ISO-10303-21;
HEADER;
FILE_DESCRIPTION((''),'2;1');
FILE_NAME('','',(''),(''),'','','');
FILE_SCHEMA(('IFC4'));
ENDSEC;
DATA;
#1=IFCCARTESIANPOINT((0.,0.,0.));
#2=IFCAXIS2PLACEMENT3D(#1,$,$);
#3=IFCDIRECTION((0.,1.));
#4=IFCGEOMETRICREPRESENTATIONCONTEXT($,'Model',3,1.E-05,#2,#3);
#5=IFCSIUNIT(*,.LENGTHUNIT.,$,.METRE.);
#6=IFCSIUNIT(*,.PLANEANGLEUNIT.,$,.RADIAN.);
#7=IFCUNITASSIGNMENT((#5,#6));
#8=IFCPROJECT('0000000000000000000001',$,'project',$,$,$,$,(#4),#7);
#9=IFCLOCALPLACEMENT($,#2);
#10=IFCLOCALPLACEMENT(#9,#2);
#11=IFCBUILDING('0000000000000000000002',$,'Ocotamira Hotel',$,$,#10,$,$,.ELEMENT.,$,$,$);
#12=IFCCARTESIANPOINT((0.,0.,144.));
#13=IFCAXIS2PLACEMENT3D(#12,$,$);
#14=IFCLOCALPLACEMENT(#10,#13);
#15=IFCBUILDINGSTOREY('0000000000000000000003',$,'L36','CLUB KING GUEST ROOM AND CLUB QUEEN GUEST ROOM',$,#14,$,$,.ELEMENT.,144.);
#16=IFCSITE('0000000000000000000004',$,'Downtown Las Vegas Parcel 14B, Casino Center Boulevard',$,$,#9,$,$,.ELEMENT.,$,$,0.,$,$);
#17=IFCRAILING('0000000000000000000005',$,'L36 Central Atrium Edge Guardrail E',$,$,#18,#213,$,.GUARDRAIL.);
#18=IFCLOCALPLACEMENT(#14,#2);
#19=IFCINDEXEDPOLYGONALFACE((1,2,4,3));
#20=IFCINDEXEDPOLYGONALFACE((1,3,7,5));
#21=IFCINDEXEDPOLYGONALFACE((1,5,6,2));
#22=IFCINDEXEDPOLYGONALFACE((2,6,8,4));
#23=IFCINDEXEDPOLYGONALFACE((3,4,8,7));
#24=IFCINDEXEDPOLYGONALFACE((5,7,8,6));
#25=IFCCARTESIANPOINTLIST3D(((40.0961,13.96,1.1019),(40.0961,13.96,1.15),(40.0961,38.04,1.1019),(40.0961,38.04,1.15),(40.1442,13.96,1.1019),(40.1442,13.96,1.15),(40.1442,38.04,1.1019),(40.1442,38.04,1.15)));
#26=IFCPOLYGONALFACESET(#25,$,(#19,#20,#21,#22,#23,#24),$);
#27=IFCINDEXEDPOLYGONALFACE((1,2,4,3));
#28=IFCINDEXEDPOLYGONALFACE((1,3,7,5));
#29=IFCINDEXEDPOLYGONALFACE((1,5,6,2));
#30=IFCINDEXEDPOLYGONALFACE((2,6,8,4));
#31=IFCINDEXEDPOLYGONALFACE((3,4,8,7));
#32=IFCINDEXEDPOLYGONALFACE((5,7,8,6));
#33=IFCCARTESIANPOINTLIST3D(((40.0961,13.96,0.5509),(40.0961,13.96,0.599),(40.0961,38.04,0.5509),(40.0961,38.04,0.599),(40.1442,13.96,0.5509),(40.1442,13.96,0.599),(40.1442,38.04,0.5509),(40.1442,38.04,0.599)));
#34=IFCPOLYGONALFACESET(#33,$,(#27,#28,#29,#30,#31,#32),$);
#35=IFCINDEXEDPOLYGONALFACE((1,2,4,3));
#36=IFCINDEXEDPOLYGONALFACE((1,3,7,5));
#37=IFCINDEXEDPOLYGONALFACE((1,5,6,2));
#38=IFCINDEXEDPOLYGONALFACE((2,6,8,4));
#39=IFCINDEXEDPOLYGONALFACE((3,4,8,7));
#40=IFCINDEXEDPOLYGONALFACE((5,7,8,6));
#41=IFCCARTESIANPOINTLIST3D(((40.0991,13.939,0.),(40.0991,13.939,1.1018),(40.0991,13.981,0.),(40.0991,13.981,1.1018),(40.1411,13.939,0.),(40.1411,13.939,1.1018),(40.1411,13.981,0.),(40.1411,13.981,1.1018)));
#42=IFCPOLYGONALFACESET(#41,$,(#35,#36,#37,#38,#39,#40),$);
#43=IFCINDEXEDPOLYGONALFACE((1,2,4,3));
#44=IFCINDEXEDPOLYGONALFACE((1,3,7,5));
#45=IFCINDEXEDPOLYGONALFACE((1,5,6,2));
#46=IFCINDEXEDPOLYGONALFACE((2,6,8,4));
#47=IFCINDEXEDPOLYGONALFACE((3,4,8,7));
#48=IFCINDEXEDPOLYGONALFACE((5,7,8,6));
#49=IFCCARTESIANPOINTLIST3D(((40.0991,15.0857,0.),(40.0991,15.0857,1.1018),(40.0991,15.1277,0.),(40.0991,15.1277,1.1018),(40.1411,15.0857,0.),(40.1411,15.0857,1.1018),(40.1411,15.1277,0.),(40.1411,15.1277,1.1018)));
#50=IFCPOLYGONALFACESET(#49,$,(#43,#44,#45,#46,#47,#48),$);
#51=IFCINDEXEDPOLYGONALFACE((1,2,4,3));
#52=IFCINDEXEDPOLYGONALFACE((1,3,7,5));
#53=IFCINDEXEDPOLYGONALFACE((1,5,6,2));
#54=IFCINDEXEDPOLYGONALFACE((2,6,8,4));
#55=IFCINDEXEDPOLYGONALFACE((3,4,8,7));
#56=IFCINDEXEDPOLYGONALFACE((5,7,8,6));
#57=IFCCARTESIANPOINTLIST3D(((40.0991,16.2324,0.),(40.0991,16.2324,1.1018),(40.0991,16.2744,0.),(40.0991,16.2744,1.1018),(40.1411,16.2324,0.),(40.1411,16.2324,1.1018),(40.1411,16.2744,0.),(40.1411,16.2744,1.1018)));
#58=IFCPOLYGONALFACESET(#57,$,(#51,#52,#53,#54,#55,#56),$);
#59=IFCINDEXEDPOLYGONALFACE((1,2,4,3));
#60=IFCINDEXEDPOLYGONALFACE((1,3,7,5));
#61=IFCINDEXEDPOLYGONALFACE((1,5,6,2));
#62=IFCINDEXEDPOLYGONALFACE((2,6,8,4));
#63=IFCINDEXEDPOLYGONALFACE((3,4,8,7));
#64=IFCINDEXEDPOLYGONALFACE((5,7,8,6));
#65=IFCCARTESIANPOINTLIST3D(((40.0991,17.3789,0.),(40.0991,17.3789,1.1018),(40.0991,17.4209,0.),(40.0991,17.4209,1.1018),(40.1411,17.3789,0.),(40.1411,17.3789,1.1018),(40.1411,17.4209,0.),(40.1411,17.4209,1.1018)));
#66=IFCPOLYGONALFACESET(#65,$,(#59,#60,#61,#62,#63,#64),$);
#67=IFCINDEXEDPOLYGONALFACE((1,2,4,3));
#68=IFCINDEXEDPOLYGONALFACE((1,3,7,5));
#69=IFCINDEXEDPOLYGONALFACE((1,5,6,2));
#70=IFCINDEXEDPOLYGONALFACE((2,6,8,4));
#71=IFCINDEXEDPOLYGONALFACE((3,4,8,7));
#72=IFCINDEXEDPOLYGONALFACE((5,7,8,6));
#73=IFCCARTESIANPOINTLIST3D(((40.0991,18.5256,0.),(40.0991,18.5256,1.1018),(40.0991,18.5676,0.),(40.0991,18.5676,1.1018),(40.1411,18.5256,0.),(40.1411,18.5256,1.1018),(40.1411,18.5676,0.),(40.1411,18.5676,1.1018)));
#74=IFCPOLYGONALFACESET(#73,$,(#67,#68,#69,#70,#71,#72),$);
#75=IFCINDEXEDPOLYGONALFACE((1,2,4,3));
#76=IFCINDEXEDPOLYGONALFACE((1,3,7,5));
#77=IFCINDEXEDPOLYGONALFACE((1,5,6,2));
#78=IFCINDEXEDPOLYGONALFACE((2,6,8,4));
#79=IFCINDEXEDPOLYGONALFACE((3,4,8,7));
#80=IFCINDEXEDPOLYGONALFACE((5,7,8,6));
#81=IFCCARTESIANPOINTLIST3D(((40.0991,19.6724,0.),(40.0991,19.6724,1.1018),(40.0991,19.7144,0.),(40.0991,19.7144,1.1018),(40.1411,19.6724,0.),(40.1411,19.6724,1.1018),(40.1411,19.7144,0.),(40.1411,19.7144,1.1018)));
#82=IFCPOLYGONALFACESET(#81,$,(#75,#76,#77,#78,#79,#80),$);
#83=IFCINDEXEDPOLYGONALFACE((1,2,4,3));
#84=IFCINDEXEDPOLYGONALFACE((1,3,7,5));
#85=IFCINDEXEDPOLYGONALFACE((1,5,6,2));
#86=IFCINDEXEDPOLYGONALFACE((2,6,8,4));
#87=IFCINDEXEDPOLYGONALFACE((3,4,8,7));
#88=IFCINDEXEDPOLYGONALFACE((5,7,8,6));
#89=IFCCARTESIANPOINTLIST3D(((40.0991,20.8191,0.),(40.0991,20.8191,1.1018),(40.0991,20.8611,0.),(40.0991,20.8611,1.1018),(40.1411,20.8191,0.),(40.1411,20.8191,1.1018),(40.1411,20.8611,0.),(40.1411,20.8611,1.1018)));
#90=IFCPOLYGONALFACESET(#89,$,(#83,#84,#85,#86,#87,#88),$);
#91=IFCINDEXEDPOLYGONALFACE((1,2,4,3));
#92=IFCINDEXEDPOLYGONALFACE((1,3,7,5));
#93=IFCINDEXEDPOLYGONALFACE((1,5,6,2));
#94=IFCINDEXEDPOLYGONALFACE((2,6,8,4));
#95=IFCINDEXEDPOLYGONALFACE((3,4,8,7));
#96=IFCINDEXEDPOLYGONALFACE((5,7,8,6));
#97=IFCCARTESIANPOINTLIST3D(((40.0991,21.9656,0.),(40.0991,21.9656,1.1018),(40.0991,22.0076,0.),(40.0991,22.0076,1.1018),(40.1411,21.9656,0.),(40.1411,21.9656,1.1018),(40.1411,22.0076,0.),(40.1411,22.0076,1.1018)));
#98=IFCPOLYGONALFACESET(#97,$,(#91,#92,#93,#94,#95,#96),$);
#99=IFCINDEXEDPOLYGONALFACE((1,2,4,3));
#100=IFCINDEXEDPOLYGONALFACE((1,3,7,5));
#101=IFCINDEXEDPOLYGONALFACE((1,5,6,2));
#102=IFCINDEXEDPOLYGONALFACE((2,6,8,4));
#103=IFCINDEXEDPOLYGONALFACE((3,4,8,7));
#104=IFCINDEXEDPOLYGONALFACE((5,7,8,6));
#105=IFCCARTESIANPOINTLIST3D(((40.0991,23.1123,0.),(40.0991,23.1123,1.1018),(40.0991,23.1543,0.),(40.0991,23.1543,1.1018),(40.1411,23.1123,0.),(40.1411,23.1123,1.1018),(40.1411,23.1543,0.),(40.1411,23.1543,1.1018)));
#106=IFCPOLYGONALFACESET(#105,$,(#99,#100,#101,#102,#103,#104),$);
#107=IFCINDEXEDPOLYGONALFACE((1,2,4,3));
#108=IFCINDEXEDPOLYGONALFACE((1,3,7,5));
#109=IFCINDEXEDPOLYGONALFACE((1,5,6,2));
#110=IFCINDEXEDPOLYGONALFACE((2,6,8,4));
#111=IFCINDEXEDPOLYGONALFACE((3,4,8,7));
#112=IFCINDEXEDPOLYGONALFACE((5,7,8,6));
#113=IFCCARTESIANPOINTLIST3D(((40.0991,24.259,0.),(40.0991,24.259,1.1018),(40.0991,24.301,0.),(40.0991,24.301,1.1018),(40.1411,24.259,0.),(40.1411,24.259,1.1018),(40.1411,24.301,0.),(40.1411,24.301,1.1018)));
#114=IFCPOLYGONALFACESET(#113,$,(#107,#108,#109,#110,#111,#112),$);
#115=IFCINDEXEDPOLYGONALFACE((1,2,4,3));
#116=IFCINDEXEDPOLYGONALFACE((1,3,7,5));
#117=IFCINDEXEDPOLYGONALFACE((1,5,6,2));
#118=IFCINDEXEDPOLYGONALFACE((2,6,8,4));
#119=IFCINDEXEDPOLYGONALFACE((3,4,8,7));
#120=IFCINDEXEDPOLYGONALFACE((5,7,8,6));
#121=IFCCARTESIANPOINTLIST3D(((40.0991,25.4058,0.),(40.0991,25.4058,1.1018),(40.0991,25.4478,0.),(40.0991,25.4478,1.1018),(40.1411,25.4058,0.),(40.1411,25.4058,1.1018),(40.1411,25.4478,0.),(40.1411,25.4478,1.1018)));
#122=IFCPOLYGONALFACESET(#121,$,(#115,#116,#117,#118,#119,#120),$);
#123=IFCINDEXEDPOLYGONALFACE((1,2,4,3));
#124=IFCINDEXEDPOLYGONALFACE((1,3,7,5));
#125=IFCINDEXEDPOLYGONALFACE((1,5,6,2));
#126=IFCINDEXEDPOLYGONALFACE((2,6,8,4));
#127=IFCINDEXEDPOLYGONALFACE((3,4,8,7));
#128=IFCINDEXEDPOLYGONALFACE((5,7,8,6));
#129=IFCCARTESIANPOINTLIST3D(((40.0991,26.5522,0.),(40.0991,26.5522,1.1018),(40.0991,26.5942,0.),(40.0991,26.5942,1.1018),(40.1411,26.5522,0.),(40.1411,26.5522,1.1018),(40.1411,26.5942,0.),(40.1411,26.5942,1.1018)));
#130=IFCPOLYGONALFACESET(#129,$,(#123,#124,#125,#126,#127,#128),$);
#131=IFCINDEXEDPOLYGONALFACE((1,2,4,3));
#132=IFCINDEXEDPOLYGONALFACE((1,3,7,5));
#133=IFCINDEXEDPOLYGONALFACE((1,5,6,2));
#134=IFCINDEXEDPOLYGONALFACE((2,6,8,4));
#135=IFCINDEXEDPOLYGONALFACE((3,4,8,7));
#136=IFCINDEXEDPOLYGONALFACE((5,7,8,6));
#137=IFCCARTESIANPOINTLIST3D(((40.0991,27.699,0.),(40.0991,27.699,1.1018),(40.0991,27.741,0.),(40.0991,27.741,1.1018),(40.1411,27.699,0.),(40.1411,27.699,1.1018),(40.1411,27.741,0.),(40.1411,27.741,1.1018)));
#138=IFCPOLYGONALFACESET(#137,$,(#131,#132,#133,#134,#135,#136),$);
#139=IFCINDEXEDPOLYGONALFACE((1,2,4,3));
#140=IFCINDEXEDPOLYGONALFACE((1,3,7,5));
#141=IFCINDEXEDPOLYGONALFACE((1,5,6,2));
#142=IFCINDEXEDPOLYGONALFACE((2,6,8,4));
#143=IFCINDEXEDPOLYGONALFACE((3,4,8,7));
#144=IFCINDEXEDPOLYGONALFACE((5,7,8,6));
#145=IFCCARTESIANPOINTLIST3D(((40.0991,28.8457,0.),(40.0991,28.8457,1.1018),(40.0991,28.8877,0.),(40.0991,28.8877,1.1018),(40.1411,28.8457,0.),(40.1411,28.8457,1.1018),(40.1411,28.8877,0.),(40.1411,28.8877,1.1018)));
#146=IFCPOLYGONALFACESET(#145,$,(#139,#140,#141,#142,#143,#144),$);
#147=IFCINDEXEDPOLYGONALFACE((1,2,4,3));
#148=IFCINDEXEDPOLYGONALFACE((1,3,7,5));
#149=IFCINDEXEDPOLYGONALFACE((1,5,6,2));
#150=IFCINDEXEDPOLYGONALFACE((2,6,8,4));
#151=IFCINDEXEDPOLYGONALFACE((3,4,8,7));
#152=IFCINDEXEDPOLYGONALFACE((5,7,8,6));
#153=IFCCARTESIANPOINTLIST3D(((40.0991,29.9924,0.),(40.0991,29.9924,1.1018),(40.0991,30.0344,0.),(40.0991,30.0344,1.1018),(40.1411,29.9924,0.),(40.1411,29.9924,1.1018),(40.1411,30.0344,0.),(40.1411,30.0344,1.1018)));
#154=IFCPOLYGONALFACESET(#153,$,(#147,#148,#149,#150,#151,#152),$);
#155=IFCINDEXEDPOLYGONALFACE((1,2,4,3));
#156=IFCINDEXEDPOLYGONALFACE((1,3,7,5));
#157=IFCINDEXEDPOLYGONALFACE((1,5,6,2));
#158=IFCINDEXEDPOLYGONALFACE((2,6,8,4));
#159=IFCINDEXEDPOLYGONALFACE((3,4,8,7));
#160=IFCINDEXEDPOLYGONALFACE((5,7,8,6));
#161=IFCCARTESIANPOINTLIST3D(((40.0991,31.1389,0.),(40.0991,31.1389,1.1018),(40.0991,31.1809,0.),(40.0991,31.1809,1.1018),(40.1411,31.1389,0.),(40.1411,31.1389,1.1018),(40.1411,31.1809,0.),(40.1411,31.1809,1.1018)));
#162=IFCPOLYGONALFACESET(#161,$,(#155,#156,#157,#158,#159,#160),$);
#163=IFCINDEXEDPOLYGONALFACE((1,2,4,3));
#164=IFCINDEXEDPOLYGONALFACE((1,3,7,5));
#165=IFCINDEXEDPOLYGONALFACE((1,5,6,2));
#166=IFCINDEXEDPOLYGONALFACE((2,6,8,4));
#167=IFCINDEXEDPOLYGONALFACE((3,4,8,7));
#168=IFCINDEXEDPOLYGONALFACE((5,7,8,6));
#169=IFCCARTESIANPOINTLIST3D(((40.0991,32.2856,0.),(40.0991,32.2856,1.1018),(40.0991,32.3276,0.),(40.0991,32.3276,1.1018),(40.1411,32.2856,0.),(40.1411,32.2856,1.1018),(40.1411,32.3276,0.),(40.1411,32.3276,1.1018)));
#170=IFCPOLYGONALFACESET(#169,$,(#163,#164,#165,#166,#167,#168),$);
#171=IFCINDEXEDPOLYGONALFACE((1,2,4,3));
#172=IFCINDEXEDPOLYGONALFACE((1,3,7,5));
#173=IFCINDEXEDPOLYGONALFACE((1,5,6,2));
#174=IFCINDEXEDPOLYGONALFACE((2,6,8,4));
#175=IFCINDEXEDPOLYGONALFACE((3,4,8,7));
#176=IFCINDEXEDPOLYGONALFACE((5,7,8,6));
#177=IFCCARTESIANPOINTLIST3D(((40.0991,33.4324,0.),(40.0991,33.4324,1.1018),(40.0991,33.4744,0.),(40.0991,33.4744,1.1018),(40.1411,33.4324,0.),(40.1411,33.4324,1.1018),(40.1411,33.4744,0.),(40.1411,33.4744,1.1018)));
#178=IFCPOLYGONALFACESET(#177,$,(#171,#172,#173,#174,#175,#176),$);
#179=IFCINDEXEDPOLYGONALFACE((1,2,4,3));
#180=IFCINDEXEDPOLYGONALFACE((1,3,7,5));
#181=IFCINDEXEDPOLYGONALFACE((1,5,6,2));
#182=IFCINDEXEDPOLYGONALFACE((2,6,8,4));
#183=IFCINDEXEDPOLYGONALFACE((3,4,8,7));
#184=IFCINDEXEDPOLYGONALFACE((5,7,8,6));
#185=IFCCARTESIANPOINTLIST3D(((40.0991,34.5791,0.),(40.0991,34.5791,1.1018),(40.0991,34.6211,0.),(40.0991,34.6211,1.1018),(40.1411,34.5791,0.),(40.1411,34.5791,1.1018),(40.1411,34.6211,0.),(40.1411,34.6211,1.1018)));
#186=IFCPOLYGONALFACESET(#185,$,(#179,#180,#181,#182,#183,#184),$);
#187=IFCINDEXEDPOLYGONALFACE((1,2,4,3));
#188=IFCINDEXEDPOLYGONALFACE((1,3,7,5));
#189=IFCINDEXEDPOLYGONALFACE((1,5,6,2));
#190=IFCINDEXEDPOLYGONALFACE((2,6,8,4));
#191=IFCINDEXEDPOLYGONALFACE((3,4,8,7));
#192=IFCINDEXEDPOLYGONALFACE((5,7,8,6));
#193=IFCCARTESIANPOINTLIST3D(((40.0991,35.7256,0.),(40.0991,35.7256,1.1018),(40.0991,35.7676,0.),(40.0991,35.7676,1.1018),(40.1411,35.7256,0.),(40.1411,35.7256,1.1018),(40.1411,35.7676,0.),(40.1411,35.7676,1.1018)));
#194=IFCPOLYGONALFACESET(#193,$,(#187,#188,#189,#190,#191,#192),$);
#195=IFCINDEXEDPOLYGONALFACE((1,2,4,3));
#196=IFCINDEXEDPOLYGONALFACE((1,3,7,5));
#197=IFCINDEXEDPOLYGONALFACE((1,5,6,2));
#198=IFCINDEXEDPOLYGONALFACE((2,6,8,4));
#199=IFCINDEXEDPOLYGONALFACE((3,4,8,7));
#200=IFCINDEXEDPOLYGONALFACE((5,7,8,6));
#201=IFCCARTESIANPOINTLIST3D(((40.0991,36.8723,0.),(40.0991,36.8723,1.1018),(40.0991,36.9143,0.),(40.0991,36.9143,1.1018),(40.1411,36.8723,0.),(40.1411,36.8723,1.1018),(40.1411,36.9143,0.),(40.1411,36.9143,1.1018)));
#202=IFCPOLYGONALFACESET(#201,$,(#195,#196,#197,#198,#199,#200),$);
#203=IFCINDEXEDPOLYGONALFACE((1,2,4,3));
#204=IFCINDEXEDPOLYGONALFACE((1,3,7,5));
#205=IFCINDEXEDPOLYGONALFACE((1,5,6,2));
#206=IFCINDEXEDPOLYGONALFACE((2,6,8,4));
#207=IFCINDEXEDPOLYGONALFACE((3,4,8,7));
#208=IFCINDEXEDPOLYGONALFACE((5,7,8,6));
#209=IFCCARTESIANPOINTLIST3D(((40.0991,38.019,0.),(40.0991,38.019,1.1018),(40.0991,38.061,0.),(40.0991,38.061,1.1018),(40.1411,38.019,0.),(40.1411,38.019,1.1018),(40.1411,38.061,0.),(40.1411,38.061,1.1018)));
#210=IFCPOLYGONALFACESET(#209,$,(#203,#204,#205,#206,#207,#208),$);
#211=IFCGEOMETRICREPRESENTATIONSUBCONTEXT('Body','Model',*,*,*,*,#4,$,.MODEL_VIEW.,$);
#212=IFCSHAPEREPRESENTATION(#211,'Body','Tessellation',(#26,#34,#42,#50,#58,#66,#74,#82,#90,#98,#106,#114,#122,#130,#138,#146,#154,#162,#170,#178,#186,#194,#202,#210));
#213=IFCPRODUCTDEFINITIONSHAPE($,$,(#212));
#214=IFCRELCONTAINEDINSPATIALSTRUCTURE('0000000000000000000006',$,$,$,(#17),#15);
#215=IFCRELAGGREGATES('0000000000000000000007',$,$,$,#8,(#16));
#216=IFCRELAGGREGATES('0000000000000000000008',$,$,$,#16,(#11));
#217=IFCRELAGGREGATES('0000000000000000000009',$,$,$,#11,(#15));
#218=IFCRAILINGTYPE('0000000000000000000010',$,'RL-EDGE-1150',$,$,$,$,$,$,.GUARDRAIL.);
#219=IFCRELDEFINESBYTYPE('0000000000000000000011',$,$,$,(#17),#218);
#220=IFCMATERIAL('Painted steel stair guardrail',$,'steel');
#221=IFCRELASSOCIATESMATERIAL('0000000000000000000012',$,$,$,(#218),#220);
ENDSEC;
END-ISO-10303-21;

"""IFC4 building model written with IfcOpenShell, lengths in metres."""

from ifc_helpers import new_model, si_unit, direction, frame, origin, origin_2d, place, context, subcontext, project, spatial, rectangle, extrude, material, type_object, element, save


model = new_model("IFC4")

# Units and contexts
model_context = context("Model", 3, precision=1e-05, world=origin(), true_north=direction((0.0, 1.0)))
body_context = subcontext(model_context, "Body", "Model", "MODEL_VIEW")
ifc_project = project(units=[si_unit("LENGTHUNIT", "METRE"), si_unit("PLANEANGLEUNIT", "RADIAN")], contexts=[model_context])

# Site, building, storey
site_placement = place(None, origin())
site = spatial("IfcSite", under=ifc_project, at=site_placement, Name="Downtown Las Vegas Parcel 14B, Casino Center Boulevard", CompositionType="ELEMENT", RefElevation=0.0)
building_placement = place(site_placement, origin())
building = spatial("IfcBuilding", under=site, at=building_placement, Name="Ocotamira Hotel", CompositionType="ELEMENT")
storey_placement = place(building_placement, frame((0.0, 0.0, 144.0)))
storey = spatial("IfcBuildingStorey", under=building, at=storey_placement, Name="L36", Description="CLUB KING GUEST ROOM AND CLUB QUEEN GUEST ROOM", CompositionType="ELEMENT", Elevation=144.0)

# Railing
ifc_material_1 = material(Name="Painted steel stair guardrail", Category="steel")
railing_type = type_object("IfcRailingType", Name="RL-EDGE-1150", PredefinedType="GUARDRAIL", material=ifc_material_1)
railing_placement = place(storey_placement, frame((40.1201, 13.96, 0.0)))
element("IfcRailing", 1, at=railing_placement, inside=storey, type_object=railing_type, Name="L36 Central Atrium Edge Guardrail E", PredefinedType="GUARDRAIL", context=body_context, shape_type="SweptSolid", body=[
    extrude(rectangle(XDim=0.0481, YDim=0.0481, at=origin_2d()), frame((0.0, 0.0, 1.126), z_axis=(0.0, 1.0, 0.0), x_axis=(-1.0, 0.0, 0.0)), (0.0, 0.0, 1.0), 24.0801),
    extrude(rectangle(XDim=0.0481, YDim=0.0481, at=origin_2d()), frame((0.0, 0.0, 0.575), z_axis=(0.0, 1.0, 0.0), x_axis=(-1.0, 0.0, 0.0)), (0.0, 0.0, 1.0), 24.0801),
    extrude(rectangle(XDim=0.042, YDim=0.042, at=origin_2d()), origin(), (0.0, 0.0, 1.0), 1.1018),
    extrude(rectangle(XDim=0.042, YDim=0.042, at=origin_2d()), frame((0.0, 1.1467, 0.0)), (0.0, 0.0, 1.0), 1.1018),
    extrude(rectangle(XDim=0.042, YDim=0.042, at=origin_2d()), frame((0.0, 2.2935, 0.0)), (0.0, 0.0, 1.0), 1.1018),
    extrude(rectangle(XDim=0.042, YDim=0.042, at=origin_2d()), frame((0.0, 3.4399, 0.0)), (0.0, 0.0, 1.0), 1.1018),
    extrude(rectangle(XDim=0.042, YDim=0.042, at=origin_2d()), frame((0.0, 4.5867, 0.0)), (0.0, 0.0, 1.0), 1.1018),
    extrude(rectangle(XDim=0.042, YDim=0.042, at=origin_2d()), frame((0.0, 5.7334, 0.0)), (0.0, 0.0, 1.0), 1.1018),
    extrude(rectangle(XDim=0.042, YDim=0.042, at=origin_2d()), frame((0.0, 6.8801, 0.0)), (0.0, 0.0, 1.0), 1.1018),
    extrude(rectangle(XDim=0.042, YDim=0.042, at=origin_2d()), frame((0.0, 8.0266, 0.0)), (0.0, 0.0, 1.0), 1.1018),
    extrude(rectangle(XDim=0.042, YDim=0.042, at=origin_2d()), frame((0.0, 9.1733, 0.0)), (0.0, 0.0, 1.0), 1.1018),
    extrude(rectangle(XDim=0.042, YDim=0.042, at=origin_2d()), frame((0.0, 10.3201, 0.0)), (0.0, 0.0, 1.0), 1.1018),
    extrude(rectangle(XDim=0.042, YDim=0.042, at=origin_2d()), frame((0.0, 11.4668, 0.0)), (0.0, 0.0, 1.0), 1.1018),
    extrude(rectangle(XDim=0.042, YDim=0.042, at=origin_2d()), frame((0.0, 12.6133, 0.0)), (0.0, 0.0, 1.0), 1.1018),
    extrude(rectangle(XDim=0.042, YDim=0.042, at=origin_2d()), frame((0.0, 13.76, 0.0)), (0.0, 0.0, 1.0), 1.1018),
    extrude(rectangle(XDim=0.042, YDim=0.042, at=origin_2d()), frame((0.0, 14.9067, 0.0)), (0.0, 0.0, 1.0), 1.1018),
    extrude(rectangle(XDim=0.042, YDim=0.042, at=origin_2d()), frame((0.0, 16.0535, 0.0)), (0.0, 0.0, 1.0), 1.1018),
    extrude(rectangle(XDim=0.042, YDim=0.042, at=origin_2d()), frame((0.0, 17.2, 0.0)), (0.0, 0.0, 1.0), 1.1018),
    extrude(rectangle(XDim=0.042, YDim=0.042, at=origin_2d()), frame((0.0, 18.3467, 0.0)), (0.0, 0.0, 1.0), 1.1018),
    extrude(rectangle(XDim=0.042, YDim=0.042, at=origin_2d()), frame((0.0, 19.4934, 0.0)), (0.0, 0.0, 1.0), 1.1018),
    extrude(rectangle(XDim=0.042, YDim=0.042, at=origin_2d()), frame((0.0, 20.6401, 0.0)), (0.0, 0.0, 1.0), 1.1018),
    extrude(rectangle(XDim=0.042, YDim=0.042, at=origin_2d()), frame((0.0, 21.7866, 0.0)), (0.0, 0.0, 1.0), 1.1018),
    extrude(rectangle(XDim=0.042, YDim=0.042, at=origin_2d()), frame((0.0, 22.9333, 0.0)), (0.0, 0.0, 1.0), 1.1018),
    extrude(rectangle(XDim=0.042, YDim=0.042, at=origin_2d()), frame((0.0, 24.0801, 0.0)), (0.0, 0.0, 1.0), 1.1018),
])

save(model, "model.ifc")
